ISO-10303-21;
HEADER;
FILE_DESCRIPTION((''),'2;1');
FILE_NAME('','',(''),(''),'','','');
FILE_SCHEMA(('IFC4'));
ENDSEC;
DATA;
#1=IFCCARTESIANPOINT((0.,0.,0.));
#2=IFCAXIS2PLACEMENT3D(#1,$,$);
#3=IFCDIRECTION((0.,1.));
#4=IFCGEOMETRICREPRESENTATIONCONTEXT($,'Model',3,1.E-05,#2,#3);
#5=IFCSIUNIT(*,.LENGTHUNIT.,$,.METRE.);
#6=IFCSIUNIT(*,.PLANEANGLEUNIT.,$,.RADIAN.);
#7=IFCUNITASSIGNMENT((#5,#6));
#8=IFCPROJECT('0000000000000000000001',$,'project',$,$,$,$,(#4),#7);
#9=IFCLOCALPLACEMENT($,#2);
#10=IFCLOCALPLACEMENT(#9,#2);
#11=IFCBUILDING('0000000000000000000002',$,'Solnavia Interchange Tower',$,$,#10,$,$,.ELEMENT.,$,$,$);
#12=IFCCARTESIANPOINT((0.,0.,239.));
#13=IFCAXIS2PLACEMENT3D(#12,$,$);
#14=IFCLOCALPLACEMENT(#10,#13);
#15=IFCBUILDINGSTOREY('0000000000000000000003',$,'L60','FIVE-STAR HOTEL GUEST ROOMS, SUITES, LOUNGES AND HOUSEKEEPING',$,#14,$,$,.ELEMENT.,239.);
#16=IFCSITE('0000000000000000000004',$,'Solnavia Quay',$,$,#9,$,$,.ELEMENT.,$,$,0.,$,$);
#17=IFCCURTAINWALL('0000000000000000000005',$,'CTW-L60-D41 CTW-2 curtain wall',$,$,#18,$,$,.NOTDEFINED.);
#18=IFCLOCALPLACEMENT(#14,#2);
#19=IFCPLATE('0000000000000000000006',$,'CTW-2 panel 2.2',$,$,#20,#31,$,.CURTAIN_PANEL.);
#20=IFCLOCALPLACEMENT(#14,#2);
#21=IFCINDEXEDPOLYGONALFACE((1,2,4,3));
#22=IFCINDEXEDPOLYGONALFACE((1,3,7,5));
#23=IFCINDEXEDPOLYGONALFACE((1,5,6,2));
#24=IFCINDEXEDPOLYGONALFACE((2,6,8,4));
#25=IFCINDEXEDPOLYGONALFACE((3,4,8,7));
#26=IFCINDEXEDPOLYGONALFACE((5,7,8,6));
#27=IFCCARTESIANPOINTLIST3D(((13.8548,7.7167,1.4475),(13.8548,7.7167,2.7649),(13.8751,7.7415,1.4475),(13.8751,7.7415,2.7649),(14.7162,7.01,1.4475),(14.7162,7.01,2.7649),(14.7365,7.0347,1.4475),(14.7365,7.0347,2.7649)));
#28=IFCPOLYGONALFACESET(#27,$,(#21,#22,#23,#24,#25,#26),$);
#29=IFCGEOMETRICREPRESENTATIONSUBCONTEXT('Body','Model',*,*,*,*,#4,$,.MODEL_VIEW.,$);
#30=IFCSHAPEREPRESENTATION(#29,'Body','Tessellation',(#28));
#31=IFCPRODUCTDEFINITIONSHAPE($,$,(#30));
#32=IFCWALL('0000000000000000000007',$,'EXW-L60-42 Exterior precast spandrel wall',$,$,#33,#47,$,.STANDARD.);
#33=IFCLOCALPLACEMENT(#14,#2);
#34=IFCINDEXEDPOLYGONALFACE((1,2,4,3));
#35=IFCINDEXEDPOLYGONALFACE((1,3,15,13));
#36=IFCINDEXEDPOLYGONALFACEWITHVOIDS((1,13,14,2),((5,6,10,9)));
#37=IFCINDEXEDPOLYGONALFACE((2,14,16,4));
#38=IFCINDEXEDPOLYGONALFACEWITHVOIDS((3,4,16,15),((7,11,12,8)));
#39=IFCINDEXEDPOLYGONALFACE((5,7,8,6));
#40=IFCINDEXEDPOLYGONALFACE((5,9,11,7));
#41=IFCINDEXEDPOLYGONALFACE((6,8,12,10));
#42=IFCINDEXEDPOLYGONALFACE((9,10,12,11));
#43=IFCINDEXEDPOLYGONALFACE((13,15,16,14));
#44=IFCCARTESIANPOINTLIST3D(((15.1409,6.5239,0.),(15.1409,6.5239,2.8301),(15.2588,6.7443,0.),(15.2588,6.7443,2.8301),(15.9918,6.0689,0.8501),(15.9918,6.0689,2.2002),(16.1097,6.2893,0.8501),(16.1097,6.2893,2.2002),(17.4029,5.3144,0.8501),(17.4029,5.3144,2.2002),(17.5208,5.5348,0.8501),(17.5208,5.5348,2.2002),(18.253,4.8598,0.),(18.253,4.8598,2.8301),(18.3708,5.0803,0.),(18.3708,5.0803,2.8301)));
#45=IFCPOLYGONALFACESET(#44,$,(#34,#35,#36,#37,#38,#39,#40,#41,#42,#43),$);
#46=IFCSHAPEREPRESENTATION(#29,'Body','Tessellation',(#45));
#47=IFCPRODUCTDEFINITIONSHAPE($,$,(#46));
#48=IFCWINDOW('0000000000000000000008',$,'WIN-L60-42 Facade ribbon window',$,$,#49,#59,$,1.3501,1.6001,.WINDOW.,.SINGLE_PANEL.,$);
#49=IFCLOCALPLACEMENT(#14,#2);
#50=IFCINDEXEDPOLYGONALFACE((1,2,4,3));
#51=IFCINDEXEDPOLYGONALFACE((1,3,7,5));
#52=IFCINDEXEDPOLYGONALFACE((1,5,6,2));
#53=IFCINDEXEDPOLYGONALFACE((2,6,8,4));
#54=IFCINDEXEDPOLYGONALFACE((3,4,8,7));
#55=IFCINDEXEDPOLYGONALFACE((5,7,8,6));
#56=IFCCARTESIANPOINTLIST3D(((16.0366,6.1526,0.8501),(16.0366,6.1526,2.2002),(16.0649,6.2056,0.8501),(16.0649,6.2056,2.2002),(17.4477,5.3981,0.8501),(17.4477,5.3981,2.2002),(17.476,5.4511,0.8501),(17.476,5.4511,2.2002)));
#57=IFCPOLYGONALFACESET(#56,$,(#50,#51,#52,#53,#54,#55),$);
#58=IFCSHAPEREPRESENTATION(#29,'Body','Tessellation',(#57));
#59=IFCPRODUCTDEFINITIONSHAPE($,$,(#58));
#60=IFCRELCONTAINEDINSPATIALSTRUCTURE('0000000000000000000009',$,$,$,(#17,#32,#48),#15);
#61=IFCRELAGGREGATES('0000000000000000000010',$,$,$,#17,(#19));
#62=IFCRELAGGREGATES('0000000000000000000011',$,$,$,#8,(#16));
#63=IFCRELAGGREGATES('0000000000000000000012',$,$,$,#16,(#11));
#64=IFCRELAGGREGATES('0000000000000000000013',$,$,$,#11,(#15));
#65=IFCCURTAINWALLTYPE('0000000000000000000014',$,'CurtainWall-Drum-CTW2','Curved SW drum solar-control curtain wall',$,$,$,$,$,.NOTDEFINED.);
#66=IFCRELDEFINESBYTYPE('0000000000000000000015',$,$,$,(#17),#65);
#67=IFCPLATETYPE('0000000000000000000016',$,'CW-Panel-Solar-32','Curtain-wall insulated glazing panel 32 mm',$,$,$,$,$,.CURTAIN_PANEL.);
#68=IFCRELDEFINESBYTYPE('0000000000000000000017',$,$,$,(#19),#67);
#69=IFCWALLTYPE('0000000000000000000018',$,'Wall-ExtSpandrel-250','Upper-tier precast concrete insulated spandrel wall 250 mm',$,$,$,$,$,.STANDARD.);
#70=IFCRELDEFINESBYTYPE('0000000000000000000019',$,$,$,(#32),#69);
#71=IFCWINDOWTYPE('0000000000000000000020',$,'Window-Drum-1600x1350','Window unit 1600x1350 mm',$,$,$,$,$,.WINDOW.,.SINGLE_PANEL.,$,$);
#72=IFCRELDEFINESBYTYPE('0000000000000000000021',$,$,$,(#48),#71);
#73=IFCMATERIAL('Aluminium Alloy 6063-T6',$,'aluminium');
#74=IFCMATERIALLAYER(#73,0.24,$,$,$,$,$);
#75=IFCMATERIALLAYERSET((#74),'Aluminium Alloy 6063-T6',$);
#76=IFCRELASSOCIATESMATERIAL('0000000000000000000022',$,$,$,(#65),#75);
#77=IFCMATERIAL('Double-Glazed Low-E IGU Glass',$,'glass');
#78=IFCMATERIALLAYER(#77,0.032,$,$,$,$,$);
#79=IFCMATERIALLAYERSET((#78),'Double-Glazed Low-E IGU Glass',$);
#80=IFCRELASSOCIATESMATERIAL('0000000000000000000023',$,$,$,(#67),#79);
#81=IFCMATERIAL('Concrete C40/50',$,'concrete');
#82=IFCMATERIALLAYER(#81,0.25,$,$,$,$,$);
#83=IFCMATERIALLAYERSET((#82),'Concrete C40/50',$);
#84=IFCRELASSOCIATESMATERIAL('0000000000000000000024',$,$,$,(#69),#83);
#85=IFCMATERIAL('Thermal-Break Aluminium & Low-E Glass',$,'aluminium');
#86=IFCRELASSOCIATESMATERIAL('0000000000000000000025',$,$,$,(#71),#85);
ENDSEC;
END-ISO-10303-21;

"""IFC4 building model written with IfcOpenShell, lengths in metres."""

from ifc_helpers import new_model, si_unit, direction, frame, frame_2d, origin, origin_2d, place, context, subcontext, project, spatial, rectangle, extrude, material, layer, layer_set, type_object, element, fill, aggregate, save


model = new_model("IFC4")

# Units and contexts
model_context = context("Model", 3, precision=1e-05, world=origin(), true_north=direction((0.0, 1.0)))
body_context = subcontext(model_context, "Body", "Model", "MODEL_VIEW")
ifc_project = project(units=[si_unit("LENGTHUNIT", "METRE"), si_unit("PLANEANGLEUNIT", "RADIAN")], contexts=[model_context])

# Site, building, storey
site_placement = place(None, origin())
site = spatial("IfcSite", under=ifc_project, at=site_placement, Name="Solnavia Quay", CompositionType="ELEMENT", RefElevation=0.0)
building_placement = place(site_placement, origin())
building = spatial("IfcBuilding", under=site, at=building_placement, Name="Solnavia Interchange Tower", CompositionType="ELEMENT")
storey_placement = place(building_placement, frame((0.0, 0.0, 239.0)))
storey = spatial("IfcBuildingStorey", under=building, at=storey_placement, Name="L60", Description="FIVE-STAR HOTEL GUEST ROOMS, SUITES, LOUNGES AND HOUSEKEEPING", CompositionType="ELEMENT", Elevation=239.0)

# Curtain wall
ifc_material_1 = material(Name="Aluminium Alloy 6063-T6", Category="aluminium")
ifc_layer_1 = layer(ifc_material_1, 0.24)
ifc_layer_set_1 = layer_set([ifc_layer_1], Name="Aluminium Alloy 6063-T6")
curtain_wall_type = type_object("IfcCurtainWallType", Name="CurtainWall-Drum-CTW2", Description="Curved SW drum solar-control curtain wall", PredefinedType="NOTDEFINED", material=ifc_layer_set_1)
curtain_wall_1_placement = place(storey_placement, origin())
curtain_wall_1 = element("IfcCurtainWall", 1, at=curtain_wall_1_placement, inside=storey, type_object=curtain_wall_type, Name="CTW-L60-D41 CTW-2 curtain wall", PredefinedType="NOTDEFINED")

# Plate
ifc_material_2 = material(Name="Double-Glazed Low-E IGU Glass", Category="glass")
ifc_layer_2 = layer(ifc_material_2, 0.032)
ifc_layer_set_2 = layer_set([ifc_layer_2], Name="Double-Glazed Low-E IGU Glass")
plate_type = type_object("IfcPlateType", Name="CW-Panel-Solar-32", Description="Curtain-wall insulated glazing panel 32 mm", PredefinedType="CURTAIN_PANEL", material=ifc_layer_set_2)
plate_1_placement = place(storey_placement, frame((14.2957, 7.3757, 1.4475), z_axis=(0.0, 0.0, 1.0), x_axis=(0.773103, -0.63428, 0.0)))
plate_1 = element("IfcPlate", 2, at=plate_1_placement, type_object=plate_type, Name="CTW-2 panel 2.2", PredefinedType="CURTAIN_PANEL", context=body_context, shape_type="SweptSolid", body=[
    extrude(rectangle(XDim=1.1143, YDim=0.032, at=origin_2d()), origin(), (0.0, 0.0, 1.0), 1.3174),
])
aggregate(curtain_wall_1, [plate_1])

# Wall, opening, window
ifc_material_3 = material(Name="Concrete C40/50", Category="concrete")
ifc_layer_3 = layer(ifc_material_3, 0.25)
ifc_layer_set_3 = layer_set([ifc_layer_3], Name="Concrete C40/50")
wall_type = type_object("IfcWallType", Name="Wall-ExtSpandrel-250", Description="Upper-tier precast concrete insulated spandrel wall 250 mm", PredefinedType="STANDARD", material=ifc_layer_set_3)
wall_placement = place(storey_placement, frame((18.312, 4.97, 0.0), z_axis=(0.0, 0.0, 1.0), x_axis=(-0.881847, 0.471536, 0.0)))
wall = element("IfcWall", 3, at=wall_placement, inside=storey, type_object=wall_type, Name="EXW-L60-42 Exterior precast spandrel wall", PredefinedType="STANDARD", context=body_context, shape_type="SweptSolid", body=[
    extrude(rectangle(XDim=3.5291, YDim=0.25, at=frame_2d((1.7646, 0.0))), origin(), (0.0, 0.0, 1.0), 2.8301),
])
opening_placement = place(wall_placement, frame((0.9641, 0.0, 0.8501)))
opening = element("IfcOpeningElement", 4, at=opening_placement, cuts=wall, PredefinedType="OPENING", context=body_context, shape_type="SweptSolid", body=[
    extrude(rectangle(XDim=1.6001, YDim=1.3501, at=frame_2d((0.8, 0.675))), frame((0.0, 0.135, 0.0), z_axis=(0.0, -1.0, 0.0), x_axis=(1.0, 0.0, 0.0)), (0.0, 0.0, 1.0), 0.27),
])
ifc_material_4 = material(Name="Thermal-Break Aluminium & Low-E Glass", Category="aluminium")
window_type = type_object("IfcWindowType", Name="Window-Drum-1600x1350", Description="Window unit 1600x1350 mm", PartitioningType="SINGLE_PANEL", PredefinedType="WINDOW", material=ifc_material_4)
window_placement = place(opening_placement, origin())
window = element("IfcWindow", 5, at=window_placement, inside=storey, type_object=window_type, Name="WIN-L60-42 Facade ribbon window", OverallHeight=1.3501, OverallWidth=1.6001, PartitioningType="SINGLE_PANEL", PredefinedType="WINDOW", context=body_context, shape_type="SweptSolid", body=[
    extrude(rectangle(XDim=1.6001, YDim=1.3501, at=frame_2d((0.8, 0.675))), frame((0.0, 0.03, 0.0), z_axis=(0.0, -1.0, 0.0), x_axis=(1.0, 0.0, 0.0)), (0.0, 0.0, 1.0), 0.0601),
])
fill(opening, window)

save(model, "model.ifc")
